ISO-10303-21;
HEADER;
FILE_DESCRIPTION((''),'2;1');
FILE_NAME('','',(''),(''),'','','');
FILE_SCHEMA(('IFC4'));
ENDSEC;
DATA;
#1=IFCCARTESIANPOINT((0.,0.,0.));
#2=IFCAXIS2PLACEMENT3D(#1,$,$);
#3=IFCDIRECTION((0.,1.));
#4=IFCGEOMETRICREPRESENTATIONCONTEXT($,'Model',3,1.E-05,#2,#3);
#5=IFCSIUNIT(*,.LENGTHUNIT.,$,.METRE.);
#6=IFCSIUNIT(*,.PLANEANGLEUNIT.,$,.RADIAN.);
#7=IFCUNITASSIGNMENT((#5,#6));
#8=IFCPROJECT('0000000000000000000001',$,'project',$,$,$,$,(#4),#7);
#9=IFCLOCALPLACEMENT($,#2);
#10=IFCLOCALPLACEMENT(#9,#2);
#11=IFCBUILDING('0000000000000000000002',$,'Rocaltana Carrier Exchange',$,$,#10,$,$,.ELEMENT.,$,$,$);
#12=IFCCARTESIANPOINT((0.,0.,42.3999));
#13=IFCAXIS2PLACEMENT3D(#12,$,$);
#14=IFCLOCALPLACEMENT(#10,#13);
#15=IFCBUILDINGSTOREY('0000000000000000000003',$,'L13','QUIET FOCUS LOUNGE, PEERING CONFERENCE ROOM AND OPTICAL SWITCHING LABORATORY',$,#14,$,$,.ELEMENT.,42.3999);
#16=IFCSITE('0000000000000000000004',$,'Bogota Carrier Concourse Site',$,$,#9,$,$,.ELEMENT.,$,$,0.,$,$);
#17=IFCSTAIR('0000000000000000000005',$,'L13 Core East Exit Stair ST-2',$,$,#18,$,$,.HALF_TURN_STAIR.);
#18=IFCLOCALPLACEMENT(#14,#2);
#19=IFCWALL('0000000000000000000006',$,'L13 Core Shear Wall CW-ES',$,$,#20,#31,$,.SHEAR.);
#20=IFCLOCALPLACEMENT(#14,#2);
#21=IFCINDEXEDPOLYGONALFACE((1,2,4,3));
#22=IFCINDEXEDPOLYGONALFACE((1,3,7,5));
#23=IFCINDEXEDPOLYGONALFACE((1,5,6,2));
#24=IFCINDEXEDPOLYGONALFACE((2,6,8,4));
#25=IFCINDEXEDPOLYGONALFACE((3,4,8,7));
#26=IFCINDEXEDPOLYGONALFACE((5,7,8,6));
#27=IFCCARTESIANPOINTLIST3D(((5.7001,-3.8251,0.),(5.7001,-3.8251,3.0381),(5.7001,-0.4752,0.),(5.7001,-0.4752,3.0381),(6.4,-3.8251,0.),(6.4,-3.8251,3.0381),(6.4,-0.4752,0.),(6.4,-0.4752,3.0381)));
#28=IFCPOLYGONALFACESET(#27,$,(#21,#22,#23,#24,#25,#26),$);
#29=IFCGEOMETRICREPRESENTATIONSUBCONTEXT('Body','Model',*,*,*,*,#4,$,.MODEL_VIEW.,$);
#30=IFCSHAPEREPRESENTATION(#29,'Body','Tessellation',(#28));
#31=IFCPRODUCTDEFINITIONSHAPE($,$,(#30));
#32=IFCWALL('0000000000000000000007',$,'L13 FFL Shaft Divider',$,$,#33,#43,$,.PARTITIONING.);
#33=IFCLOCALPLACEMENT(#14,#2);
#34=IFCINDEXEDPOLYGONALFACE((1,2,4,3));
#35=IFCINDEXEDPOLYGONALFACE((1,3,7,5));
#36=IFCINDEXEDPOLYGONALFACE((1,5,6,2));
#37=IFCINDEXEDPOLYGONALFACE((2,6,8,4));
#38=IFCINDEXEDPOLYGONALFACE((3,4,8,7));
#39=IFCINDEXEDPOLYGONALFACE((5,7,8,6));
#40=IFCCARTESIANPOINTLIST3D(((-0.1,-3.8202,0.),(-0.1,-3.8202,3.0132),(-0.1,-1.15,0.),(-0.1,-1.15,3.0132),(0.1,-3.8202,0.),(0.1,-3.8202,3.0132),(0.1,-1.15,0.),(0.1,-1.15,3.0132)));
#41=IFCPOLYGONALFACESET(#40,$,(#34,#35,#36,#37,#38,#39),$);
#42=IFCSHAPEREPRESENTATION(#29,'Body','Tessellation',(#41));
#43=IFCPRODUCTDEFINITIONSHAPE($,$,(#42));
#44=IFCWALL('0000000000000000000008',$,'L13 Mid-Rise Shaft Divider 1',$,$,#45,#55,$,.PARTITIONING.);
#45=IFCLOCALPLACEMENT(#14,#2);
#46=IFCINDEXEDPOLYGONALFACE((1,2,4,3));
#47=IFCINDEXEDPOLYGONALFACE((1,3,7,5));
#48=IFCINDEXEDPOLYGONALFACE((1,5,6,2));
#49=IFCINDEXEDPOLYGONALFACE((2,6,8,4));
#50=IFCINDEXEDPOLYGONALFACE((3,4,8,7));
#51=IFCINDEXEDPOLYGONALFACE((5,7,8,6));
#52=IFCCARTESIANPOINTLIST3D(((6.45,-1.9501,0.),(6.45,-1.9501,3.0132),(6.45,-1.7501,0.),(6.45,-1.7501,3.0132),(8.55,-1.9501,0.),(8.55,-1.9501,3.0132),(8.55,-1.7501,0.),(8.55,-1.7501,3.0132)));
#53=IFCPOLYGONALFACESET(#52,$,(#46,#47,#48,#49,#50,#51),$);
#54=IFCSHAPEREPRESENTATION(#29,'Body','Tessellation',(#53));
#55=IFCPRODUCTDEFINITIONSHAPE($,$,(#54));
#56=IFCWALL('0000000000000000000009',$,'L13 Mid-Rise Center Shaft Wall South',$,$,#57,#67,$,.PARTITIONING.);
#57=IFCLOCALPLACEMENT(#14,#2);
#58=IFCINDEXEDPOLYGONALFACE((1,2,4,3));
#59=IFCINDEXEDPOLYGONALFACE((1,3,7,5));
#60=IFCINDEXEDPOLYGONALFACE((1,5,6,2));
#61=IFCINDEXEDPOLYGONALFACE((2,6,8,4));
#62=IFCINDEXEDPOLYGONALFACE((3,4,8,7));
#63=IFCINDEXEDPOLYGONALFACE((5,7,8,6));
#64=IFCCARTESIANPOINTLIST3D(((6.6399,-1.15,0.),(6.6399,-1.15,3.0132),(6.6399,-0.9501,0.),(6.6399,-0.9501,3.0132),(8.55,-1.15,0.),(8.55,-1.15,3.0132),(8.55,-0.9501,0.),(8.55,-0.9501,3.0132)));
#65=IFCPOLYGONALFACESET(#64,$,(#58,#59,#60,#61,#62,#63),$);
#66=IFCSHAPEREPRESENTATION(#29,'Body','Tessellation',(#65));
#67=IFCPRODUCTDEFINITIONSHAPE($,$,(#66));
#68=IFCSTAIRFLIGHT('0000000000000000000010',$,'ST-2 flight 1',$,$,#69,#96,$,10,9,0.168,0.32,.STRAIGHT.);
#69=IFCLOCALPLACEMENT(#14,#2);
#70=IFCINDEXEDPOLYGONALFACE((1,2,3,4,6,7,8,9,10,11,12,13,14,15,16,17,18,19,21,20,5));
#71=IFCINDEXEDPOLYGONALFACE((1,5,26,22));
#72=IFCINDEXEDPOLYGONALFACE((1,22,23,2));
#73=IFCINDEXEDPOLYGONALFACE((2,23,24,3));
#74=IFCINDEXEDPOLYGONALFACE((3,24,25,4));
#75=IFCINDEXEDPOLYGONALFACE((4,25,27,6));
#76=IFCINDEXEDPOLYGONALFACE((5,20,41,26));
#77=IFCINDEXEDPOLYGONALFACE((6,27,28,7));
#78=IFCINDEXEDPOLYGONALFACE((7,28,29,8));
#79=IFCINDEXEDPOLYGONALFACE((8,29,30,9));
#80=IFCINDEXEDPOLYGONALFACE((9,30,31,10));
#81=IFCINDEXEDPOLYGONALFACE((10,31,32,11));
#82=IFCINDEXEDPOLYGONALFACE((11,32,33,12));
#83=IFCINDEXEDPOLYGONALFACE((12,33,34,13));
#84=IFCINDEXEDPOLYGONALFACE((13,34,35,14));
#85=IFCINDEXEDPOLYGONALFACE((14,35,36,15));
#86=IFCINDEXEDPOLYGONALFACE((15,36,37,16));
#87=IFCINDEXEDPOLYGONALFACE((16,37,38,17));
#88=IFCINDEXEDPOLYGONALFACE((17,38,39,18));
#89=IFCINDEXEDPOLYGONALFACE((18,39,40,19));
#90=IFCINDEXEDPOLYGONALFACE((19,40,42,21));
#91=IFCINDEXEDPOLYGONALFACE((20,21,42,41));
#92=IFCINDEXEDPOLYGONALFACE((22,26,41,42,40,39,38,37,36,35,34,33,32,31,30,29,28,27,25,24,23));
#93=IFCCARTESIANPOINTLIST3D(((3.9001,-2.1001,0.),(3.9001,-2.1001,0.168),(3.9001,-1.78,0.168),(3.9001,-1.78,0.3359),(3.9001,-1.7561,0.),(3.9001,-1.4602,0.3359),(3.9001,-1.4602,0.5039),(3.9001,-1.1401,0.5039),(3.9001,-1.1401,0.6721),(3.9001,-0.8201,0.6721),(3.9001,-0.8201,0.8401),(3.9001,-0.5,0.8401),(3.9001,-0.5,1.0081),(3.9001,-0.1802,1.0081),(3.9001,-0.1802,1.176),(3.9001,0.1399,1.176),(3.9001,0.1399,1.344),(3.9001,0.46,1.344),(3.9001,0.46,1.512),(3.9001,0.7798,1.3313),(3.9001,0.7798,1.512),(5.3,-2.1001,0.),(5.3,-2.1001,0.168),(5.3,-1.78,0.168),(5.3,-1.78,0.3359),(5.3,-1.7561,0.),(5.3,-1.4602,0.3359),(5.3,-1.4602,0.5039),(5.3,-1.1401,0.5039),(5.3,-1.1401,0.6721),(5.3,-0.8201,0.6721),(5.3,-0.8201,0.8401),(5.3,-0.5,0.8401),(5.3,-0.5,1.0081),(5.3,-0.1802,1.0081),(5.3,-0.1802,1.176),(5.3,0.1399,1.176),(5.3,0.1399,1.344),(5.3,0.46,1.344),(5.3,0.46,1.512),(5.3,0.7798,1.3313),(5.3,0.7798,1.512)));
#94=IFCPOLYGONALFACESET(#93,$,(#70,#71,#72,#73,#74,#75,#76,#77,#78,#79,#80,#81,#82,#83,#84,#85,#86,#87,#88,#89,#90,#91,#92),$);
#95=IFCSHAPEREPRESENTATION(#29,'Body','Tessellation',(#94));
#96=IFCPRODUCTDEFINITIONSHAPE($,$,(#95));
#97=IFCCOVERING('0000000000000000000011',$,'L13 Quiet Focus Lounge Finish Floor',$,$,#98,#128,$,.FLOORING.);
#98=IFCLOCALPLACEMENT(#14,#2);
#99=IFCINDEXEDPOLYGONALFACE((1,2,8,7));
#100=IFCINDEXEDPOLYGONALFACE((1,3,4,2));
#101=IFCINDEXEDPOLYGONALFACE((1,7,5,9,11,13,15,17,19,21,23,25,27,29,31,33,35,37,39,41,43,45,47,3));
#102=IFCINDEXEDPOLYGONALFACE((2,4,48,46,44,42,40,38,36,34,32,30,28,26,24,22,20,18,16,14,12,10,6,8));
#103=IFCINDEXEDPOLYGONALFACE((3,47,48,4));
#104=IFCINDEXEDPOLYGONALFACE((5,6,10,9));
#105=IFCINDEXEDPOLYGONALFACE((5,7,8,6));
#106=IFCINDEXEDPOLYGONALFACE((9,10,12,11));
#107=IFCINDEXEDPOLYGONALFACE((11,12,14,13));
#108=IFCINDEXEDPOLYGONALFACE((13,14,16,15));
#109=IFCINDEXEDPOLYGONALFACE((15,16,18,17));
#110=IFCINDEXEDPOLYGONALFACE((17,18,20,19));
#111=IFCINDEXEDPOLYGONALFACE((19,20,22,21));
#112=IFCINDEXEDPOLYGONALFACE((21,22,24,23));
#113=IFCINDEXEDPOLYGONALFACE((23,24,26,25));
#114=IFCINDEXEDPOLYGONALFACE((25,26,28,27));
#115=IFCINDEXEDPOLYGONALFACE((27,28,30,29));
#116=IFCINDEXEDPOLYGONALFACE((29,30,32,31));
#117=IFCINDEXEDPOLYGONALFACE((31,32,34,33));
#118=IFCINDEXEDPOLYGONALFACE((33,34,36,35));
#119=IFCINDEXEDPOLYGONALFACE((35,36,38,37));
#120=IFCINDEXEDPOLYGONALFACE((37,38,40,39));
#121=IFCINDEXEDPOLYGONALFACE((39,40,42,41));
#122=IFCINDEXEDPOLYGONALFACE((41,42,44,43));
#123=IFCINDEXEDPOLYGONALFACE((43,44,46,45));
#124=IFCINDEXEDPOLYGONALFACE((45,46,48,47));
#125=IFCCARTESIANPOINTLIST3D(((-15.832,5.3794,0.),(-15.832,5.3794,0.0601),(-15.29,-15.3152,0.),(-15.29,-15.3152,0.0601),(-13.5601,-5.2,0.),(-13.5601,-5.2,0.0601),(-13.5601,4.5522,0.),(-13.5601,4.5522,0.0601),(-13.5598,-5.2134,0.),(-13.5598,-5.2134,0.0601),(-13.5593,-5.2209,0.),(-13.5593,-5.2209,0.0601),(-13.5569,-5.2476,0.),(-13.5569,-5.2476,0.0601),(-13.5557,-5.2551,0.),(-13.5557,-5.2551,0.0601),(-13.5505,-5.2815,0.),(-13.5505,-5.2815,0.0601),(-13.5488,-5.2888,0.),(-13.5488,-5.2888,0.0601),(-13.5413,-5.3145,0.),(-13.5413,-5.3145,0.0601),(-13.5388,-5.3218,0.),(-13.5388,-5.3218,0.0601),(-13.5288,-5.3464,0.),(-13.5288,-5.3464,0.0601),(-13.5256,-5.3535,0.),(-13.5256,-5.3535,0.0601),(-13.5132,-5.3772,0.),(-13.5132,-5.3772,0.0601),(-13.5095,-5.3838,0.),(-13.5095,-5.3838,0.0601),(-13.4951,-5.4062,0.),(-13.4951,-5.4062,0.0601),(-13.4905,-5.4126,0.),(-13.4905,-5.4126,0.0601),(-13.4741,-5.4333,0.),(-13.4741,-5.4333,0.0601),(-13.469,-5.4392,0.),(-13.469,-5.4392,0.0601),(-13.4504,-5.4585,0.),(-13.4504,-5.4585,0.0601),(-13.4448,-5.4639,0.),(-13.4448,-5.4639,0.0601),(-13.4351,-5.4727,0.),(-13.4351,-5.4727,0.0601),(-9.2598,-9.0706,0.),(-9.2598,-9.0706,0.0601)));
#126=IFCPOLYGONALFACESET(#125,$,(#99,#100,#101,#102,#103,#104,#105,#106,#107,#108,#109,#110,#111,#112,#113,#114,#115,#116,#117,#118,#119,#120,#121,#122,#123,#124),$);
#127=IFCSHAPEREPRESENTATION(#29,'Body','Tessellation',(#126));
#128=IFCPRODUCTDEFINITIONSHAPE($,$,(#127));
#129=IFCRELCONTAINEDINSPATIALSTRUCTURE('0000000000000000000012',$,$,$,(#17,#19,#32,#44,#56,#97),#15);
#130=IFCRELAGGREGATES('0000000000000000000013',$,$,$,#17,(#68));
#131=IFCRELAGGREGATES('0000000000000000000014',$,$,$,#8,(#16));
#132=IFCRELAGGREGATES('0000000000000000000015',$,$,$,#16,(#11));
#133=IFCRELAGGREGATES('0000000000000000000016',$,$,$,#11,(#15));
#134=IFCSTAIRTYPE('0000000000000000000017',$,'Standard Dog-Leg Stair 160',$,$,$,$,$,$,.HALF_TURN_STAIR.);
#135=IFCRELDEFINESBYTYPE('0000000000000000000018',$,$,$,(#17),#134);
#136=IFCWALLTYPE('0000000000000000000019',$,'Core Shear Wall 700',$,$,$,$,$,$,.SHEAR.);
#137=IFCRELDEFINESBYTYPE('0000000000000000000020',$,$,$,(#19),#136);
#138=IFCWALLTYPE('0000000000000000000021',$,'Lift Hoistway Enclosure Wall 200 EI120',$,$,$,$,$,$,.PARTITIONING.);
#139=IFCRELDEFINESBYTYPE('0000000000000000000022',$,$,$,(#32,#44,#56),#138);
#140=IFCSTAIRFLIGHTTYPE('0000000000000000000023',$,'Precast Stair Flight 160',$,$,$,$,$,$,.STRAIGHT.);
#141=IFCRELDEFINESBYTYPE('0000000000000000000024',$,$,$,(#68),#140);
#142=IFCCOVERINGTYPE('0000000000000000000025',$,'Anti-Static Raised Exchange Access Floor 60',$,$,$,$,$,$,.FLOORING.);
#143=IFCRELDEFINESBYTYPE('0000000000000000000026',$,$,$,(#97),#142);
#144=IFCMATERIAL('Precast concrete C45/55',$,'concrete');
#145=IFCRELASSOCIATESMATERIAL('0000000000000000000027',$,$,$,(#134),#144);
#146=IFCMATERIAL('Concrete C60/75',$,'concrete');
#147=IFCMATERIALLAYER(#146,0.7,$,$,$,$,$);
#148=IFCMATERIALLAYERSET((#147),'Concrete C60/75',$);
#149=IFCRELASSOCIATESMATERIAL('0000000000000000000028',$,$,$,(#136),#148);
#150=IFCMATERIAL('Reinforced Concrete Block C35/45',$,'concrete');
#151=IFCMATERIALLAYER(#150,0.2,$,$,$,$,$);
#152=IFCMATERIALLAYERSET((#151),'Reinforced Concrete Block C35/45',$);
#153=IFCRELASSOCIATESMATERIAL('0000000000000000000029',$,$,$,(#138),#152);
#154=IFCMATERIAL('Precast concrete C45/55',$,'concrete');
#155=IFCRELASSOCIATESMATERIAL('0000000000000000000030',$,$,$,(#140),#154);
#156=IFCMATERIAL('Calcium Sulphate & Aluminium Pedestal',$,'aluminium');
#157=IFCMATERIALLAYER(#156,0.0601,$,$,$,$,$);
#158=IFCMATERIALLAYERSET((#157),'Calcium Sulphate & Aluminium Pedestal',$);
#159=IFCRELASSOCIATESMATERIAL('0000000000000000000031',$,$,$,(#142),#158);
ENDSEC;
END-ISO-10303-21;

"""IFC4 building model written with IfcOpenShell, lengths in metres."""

from ifc_helpers import new_model, si_unit, direction, frame, frame_2d, origin, place, context, subcontext, project, spatial, polyline, rectangle, outline, extrude, material, layer, layer_set, type_object, element, aggregate, save


model = new_model("IFC4")

# Units and contexts
model_context = context("Model", 3, precision=1e-05, world=origin(), true_north=direction((0.0, 1.0)))
body_context = subcontext(model_context, "Body", "Model", "MODEL_VIEW")
ifc_project = project(units=[si_unit("LENGTHUNIT", "METRE"), si_unit("PLANEANGLEUNIT", "RADIAN")], contexts=[model_context])

# Site, building, storey
site_placement = place(None, origin())
site = spatial("IfcSite", under=ifc_project, at=site_placement, Name="Bogota Carrier Concourse Site", CompositionType="ELEMENT", RefElevation=0.0)
building_placement = place(site_placement, origin())
building = spatial("IfcBuilding", under=site, at=building_placement, Name="Rocaltana Carrier Exchange", CompositionType="ELEMENT")
storey_placement = place(building_placement, frame((0.0, 0.0, 42.3999)))
storey = spatial("IfcBuildingStorey", under=building, at=storey_placement, Name="L13", Description="QUIET FOCUS LOUNGE, PEERING CONFERENCE ROOM AND OPTICAL SWITCHING LABORATORY", CompositionType="ELEMENT", Elevation=42.3999)

# Stair
ifc_material_1 = material(Name="Precast concrete C45/55", Category="concrete")
stair_type = type_object("IfcStairType", Name="Standard Dog-Leg Stair 160", PredefinedType="HALF_TURN_STAIR", material=ifc_material_1)
stair_1_placement = place(storey_placement, origin())
stair_1 = element("IfcStair", 1, at=stair_1_placement, inside=storey, type_object=stair_type, Name="L13 Core East Exit Stair ST-2", PredefinedType="HALF_TURN_STAIR")

# Walls
ifc_material_2 = material(Name="Concrete C60/75", Category="concrete")
ifc_layer_1 = layer(ifc_material_2, 0.7)
ifc_layer_set_1 = layer_set([ifc_layer_1], Name="Concrete C60/75")
wall_type_1 = type_object("IfcWallType", Name="Core Shear Wall 700", PredefinedType="SHEAR", material=ifc_layer_set_1)
wall_1_placement = place(storey_placement, frame((6.05, -3.825, 0.0), z_axis=(0.0, 0.0, 1.0), x_axis=(0.0, 1.0, 0.0)))
element("IfcWall", 2, at=wall_1_placement, inside=storey, type_object=wall_type_1, Name="L13 Core Shear Wall CW-ES", PredefinedType="SHEAR", context=body_context, shape_type="SweptSolid", body=[
    extrude(rectangle(XDim=3.3499, YDim=0.7, at=frame_2d((1.6748, 0.0))), origin(), (0.0, 0.0, 1.0), 3.0381),
])
ifc_material_3 = material(Name="Reinforced Concrete Block C35/45", Category="concrete")
ifc_layer_2 = layer(ifc_material_3, 0.2)
ifc_layer_set_2 = layer_set([ifc_layer_2], Name="Reinforced Concrete Block C35/45")
wall_type_2 = type_object("IfcWallType", Name="Lift Hoistway Enclosure Wall 200 EI120", PredefinedType="PARTITIONING", material=ifc_layer_set_2)
wall_2_placement = place(storey_placement, frame((0.0, -3.8201, 0.0), z_axis=(0.0, 0.0, 1.0), x_axis=(0.0, 1.0, 0.0)))
element("IfcWall", 3, at=wall_2_placement, inside=storey, type_object=wall_type_2, Name="L13 FFL Shaft Divider", PredefinedType="PARTITIONING", context=body_context, shape_type="SweptSolid", body=[
    extrude(rectangle(XDim=2.6702, YDim=0.2, at=frame_2d((1.335, 0.0))), origin(), (0.0, 0.0, 1.0), 3.0132),
])
wall_3_placement = place(storey_placement, frame((6.45, -1.8501, 0.0), z_axis=(0.0, 0.0, 1.0), x_axis=(1.0, 0.0, 0.0)))
element("IfcWall", 4, at=wall_3_placement, inside=storey, type_object=wall_type_2, Name="L13 Mid-Rise Shaft Divider 1", PredefinedType="PARTITIONING", context=body_context, shape_type="SweptSolid", body=[
    extrude(rectangle(XDim=2.1001, YDim=0.2, at=frame_2d((1.05, 0.0))), origin(), (0.0, 0.0, 1.0), 3.0132),
])
wall_4_placement = place(storey_placement, frame((6.6399, -1.05, 0.0), z_axis=(0.0, 0.0, 1.0), x_axis=(1.0, 0.0, 0.0)))
element("IfcWall", 5, at=wall_4_placement, inside=storey, type_object=wall_type_2, Name="L13 Mid-Rise Center Shaft Wall South", PredefinedType="PARTITIONING", context=body_context, shape_type="SweptSolid", body=[
    extrude(rectangle(XDim=1.9102, YDim=0.2, at=frame_2d((0.9551, 0.0))), origin(), (0.0, 0.0, 1.0), 3.0132),
])

# Stair flight
ifc_material_4 = material(Name="Precast concrete C45/55", Category="concrete")
stair_flight_type = type_object("IfcStairFlightType", Name="Precast Stair Flight 160", PredefinedType="STRAIGHT", material=ifc_material_4)
stair_flight_placement = place(storey_placement, frame((4.6001, -2.1001, 0.0), z_axis=(0.0, 0.0, 1.0), x_axis=(0.0, 1.0, 0.0)))
stair_flight = element("IfcStairFlight", 6, at=stair_flight_placement, type_object=stair_flight_type, Name="ST-2 flight 1", NumberOfRisers=10, NumberOfTreads=9, PredefinedType="STRAIGHT", RiserHeight=0.168, TreadLength=0.32, context=body_context, shape_type="SweptSolid", body=[
    extrude(outline(polyline([(0.0, 0.0), (0.0, 0.168), (0.3201, 0.168), (0.3201, 0.3359), (0.6399, 0.3359), (0.6399, 0.5039), (0.96, 0.5039), (0.96, 0.6721), (1.28, 0.6721), (1.28, 0.8401), (1.6001, 0.8401), (1.6001, 1.0081), (1.9199, 1.0081), (1.9199, 1.176), (2.24, 1.176), (2.24, 1.344), (2.5601, 1.344), (2.5601, 1.512), (2.8799, 1.512), (2.8799, 1.6799), (2.8799, 1.3313), (0.344, 0.0), (0.0, 0.0)])), frame((0.0, 0.7, 0.0), z_axis=(0.0, -1.0, 0.0), x_axis=(1.0, 0.0, 0.0)), (0.0, 0.0, 1.0), 1.3999),
])
aggregate(stair_1, [stair_flight])

# Covering
ifc_material_5 = material(Name="Calcium Sulphate & Aluminium Pedestal", Category="aluminium")
ifc_layer_3 = layer(ifc_material_5, 0.0601)
ifc_layer_set_3 = layer_set([ifc_layer_3], Name="Calcium Sulphate & Aluminium Pedestal")
covering_type_1 = type_object("IfcCoveringType", Name="Anti-Static Raised Exchange Access Floor 60", PredefinedType="FLOORING", material=ifc_layer_set_3)
covering_1_placement = place(storey_placement, origin())
element("IfcCovering", 7, at=covering_1_placement, inside=storey, type_object=covering_type_1, Name="L13 Quiet Focus Lounge Finish Floor", PredefinedType="FLOORING", context=body_context, shape_type="SweptSolid", body=[
    extrude(outline(polyline([(-15.832, 5.3794), (-13.5601, 4.5522), (-13.5601, -5.2), (-13.5598, -5.2134), (-13.5593, -5.2209), (-13.5569, -5.2476), (-13.5557, -5.2551), (-13.5505, -5.2815), (-13.5488, -5.2888), (-13.5413, -5.3145), (-13.5388, -5.3218), (-13.5288, -5.3464), (-13.5256, -5.3535), (-13.5132, -5.3772), (-13.5095, -5.3838), (-13.4951, -5.4062), (-13.4905, -5.4126), (-13.4741, -5.4333), (-13.469, -5.4392), (-13.4504, -5.4585), (-13.4448, -5.4639), (-13.4351, -5.4727), (-9.2598, -9.0706), (-15.29, -15.3152), (-15.832, 5.3794)])), origin(), (0.0, 0.0, 1.0), 0.0601),
])

save(model, "model.ifc")
